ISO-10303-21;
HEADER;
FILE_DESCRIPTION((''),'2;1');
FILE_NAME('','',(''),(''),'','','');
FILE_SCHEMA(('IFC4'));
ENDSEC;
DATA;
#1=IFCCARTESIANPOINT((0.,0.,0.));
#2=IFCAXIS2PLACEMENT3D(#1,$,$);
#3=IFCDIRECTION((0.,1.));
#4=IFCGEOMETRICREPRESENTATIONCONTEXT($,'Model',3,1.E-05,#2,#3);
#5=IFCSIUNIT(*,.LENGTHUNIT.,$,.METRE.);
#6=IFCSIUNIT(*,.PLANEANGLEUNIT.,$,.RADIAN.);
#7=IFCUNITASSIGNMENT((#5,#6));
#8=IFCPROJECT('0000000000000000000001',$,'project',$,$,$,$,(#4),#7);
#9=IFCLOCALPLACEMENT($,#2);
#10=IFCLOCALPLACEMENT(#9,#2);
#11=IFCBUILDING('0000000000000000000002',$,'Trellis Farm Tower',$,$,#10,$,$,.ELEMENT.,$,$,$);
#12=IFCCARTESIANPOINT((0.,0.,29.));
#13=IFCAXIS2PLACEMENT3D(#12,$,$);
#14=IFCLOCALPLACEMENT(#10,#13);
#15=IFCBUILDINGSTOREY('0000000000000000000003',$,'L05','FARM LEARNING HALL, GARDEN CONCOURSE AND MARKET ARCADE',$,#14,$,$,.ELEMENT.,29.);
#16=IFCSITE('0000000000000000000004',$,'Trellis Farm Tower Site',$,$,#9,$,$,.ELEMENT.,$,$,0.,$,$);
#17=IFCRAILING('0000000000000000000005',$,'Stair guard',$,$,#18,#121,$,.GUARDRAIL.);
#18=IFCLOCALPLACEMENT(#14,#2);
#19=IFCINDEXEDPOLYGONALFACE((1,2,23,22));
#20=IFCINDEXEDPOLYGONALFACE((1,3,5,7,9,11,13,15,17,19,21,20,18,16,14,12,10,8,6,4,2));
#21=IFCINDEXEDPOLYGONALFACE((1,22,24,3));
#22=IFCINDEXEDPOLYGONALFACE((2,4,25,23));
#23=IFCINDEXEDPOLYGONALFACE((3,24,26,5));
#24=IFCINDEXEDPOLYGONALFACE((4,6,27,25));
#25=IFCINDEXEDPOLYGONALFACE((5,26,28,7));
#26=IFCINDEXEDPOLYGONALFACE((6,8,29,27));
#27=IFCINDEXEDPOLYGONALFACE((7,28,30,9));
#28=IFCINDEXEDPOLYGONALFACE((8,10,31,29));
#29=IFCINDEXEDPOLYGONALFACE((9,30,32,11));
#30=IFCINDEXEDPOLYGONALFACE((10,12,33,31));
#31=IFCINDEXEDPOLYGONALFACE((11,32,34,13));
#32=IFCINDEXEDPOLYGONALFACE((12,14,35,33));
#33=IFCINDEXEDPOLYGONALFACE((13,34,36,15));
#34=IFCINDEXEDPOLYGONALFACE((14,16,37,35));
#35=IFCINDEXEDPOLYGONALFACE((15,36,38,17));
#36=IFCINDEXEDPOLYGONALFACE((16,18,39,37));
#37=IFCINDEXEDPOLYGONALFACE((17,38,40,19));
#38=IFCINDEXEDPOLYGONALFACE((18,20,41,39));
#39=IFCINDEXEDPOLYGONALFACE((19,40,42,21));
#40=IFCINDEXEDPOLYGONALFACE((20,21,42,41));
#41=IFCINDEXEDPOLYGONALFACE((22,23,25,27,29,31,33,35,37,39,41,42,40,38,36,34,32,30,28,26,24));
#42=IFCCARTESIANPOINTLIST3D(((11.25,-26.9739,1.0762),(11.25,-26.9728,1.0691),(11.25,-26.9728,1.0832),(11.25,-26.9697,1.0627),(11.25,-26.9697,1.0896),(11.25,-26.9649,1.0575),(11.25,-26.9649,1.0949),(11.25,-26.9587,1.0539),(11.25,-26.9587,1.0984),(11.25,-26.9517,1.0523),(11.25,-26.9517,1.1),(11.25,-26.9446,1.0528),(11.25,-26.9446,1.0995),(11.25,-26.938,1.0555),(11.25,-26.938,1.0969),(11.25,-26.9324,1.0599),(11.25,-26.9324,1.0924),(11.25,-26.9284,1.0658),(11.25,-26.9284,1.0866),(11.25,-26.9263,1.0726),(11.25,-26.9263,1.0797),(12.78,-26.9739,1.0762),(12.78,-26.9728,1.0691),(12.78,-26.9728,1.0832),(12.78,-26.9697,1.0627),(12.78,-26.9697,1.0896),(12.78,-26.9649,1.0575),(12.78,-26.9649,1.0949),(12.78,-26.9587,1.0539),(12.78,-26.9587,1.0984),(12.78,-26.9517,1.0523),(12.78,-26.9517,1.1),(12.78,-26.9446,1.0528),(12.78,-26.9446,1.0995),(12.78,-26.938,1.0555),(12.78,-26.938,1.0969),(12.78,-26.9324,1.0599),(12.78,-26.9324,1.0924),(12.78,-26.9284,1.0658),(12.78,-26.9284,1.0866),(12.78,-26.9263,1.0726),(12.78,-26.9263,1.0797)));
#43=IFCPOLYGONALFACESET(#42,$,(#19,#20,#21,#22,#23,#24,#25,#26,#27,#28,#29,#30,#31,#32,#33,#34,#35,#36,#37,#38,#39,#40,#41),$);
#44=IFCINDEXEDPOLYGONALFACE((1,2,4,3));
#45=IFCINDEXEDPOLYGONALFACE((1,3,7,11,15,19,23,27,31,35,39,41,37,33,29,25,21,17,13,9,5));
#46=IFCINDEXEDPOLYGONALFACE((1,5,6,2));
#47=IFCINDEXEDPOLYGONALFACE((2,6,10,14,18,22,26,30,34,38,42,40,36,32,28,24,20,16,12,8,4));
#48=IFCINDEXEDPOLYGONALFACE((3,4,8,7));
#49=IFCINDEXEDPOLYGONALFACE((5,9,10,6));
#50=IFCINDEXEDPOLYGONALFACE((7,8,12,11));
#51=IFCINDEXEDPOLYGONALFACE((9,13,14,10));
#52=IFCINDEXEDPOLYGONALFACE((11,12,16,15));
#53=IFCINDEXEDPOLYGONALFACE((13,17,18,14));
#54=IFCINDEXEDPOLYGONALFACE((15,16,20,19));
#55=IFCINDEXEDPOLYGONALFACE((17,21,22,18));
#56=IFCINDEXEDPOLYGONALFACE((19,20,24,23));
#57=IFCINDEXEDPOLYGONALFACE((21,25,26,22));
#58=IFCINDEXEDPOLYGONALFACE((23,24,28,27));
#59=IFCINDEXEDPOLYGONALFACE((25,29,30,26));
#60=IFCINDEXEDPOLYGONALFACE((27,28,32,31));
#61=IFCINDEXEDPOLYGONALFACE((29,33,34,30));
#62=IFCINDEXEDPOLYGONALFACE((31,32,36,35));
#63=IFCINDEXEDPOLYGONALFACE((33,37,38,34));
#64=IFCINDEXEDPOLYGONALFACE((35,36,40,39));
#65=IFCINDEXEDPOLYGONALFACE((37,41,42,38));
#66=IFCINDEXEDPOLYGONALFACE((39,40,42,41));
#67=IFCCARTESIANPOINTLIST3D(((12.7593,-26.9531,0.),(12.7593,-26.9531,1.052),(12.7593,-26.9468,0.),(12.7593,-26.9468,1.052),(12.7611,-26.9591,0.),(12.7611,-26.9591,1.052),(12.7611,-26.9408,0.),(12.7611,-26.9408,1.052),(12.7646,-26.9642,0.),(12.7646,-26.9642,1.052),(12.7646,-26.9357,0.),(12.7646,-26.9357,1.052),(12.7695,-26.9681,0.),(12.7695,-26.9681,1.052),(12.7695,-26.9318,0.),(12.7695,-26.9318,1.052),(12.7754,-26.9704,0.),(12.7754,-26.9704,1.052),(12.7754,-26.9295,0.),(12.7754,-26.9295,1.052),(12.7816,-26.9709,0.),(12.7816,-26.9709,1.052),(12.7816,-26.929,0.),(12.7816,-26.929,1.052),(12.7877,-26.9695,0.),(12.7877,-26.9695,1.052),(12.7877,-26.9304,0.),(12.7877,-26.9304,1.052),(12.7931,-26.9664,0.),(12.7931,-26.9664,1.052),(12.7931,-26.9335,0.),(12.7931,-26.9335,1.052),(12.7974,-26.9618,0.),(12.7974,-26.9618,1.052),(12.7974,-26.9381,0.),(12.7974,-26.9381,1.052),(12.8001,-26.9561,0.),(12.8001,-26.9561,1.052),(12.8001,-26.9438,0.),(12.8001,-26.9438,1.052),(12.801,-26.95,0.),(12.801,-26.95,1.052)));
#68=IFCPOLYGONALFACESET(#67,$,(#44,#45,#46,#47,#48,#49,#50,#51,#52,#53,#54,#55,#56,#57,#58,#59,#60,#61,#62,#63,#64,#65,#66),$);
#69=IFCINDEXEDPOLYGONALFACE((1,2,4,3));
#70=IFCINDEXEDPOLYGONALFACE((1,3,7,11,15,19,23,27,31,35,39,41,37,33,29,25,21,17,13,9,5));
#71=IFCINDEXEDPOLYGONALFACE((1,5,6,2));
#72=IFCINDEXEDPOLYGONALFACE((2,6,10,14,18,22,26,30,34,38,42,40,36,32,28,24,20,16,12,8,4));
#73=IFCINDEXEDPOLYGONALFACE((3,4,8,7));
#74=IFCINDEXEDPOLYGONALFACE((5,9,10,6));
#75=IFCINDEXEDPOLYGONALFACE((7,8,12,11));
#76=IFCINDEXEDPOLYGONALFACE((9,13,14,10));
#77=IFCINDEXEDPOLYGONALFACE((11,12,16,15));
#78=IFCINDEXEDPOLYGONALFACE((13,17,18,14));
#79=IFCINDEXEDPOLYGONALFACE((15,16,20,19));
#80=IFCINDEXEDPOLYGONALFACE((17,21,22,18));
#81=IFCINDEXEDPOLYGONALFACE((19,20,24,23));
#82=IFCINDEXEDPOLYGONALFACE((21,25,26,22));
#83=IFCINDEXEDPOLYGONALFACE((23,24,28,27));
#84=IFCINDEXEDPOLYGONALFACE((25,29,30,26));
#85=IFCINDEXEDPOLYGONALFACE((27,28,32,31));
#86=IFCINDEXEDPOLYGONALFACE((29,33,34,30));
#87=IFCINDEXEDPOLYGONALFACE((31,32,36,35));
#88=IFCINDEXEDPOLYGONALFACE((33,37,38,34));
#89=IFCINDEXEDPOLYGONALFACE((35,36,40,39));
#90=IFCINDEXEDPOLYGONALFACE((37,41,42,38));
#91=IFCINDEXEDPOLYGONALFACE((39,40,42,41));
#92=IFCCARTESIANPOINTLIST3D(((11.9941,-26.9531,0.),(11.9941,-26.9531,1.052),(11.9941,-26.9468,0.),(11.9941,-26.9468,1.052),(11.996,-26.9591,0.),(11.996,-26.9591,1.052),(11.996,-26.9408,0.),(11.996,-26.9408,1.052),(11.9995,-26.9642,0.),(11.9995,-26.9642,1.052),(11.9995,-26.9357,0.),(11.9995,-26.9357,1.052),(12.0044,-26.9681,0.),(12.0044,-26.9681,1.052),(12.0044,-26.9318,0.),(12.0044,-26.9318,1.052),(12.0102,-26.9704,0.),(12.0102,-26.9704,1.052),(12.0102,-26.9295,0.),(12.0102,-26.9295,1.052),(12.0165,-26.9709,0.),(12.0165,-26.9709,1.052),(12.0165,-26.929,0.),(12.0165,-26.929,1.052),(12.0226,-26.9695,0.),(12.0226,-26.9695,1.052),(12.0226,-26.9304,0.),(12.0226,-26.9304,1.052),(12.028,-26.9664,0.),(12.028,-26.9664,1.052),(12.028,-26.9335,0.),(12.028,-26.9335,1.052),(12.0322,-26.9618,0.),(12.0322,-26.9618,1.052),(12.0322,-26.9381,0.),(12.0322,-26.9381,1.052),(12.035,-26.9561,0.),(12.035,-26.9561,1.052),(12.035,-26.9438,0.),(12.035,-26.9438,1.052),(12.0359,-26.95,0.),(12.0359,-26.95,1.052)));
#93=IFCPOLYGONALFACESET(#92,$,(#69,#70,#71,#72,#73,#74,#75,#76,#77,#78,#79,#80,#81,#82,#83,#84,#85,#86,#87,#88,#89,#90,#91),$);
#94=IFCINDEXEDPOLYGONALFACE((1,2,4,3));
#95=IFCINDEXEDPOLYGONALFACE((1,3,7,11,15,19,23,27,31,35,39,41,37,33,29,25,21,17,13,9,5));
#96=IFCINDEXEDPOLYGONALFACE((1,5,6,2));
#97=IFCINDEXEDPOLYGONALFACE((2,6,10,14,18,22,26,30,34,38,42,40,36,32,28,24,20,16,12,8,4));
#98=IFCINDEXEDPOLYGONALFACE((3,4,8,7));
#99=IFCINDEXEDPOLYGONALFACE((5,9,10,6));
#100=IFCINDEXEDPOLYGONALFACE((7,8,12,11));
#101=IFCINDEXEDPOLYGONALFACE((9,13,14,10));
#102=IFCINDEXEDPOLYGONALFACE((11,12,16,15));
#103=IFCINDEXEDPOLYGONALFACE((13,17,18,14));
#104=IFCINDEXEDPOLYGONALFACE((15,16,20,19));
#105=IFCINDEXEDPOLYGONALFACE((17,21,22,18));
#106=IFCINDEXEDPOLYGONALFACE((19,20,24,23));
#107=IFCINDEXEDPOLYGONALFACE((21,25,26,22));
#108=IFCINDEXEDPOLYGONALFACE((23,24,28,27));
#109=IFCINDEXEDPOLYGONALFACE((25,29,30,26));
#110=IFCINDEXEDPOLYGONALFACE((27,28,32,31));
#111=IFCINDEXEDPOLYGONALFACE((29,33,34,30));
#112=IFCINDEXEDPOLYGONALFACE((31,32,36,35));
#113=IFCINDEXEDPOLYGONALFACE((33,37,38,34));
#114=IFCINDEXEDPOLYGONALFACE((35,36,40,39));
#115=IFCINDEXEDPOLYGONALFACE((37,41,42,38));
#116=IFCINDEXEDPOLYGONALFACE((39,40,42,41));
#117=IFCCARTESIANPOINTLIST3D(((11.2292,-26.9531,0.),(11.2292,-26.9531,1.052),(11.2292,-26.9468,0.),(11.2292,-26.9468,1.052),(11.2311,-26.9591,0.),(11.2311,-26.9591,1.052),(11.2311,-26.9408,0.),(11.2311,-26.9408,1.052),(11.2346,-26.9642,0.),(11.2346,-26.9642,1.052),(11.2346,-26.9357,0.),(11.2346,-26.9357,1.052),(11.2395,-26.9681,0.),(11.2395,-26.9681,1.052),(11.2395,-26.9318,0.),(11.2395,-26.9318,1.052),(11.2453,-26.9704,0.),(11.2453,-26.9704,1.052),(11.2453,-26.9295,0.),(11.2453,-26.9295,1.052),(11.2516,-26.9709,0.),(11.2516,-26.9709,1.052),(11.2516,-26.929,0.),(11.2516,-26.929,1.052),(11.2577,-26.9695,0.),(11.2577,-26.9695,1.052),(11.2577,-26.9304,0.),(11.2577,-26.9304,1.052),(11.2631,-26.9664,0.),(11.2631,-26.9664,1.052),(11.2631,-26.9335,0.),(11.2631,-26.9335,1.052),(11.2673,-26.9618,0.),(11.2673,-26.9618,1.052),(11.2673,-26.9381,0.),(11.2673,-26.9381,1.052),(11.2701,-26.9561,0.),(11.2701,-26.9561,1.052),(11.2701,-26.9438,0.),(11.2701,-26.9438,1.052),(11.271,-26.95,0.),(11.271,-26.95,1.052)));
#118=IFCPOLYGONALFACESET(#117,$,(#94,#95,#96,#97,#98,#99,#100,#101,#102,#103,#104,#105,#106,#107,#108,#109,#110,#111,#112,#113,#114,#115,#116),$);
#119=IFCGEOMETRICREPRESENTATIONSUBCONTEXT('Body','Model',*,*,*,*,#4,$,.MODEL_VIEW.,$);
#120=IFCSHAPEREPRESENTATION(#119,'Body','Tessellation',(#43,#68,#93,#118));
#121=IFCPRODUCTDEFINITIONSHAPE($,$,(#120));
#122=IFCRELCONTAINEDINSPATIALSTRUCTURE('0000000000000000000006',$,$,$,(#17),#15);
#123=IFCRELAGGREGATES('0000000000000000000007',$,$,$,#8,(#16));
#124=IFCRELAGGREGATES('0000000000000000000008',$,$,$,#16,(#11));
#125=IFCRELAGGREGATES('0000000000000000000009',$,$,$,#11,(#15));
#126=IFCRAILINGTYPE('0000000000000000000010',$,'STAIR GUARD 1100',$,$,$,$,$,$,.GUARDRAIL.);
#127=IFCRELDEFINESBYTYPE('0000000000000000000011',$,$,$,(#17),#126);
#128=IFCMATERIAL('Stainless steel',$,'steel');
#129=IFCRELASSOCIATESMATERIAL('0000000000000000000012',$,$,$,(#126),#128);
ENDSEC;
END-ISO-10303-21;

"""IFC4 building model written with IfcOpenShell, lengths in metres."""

from ifc_helpers import new_model, si_unit, direction, frame, origin, origin_2d, place, context, subcontext, project, spatial, circle, extrude, source, transform, mapped, material, type_object, element, save


model = new_model("IFC4")

# Units and contexts
model_context = context("Model", 3, precision=1e-05, world=origin(), true_north=direction((0.0, 1.0)))
body_context = subcontext(model_context, "Body", "Model", "MODEL_VIEW")
ifc_project = project(units=[si_unit("LENGTHUNIT", "METRE"), si_unit("PLANEANGLEUNIT", "RADIAN")], contexts=[model_context])

# Site, building, storey
site_placement = place(None, origin())
site = spatial("IfcSite", under=ifc_project, at=site_placement, Name="Trellis Farm Tower Site", CompositionType="ELEMENT", RefElevation=0.0)
building_placement = place(site_placement, origin())
building = spatial("IfcBuilding", under=site, at=building_placement, Name="Trellis Farm Tower", CompositionType="ELEMENT")
storey_placement = place(building_placement, frame((0.0, 0.0, 29.0)))
storey = spatial("IfcBuildingStorey", under=building, at=storey_placement, Name="L05", Description="FARM LEARNING HALL, GARDEN CONCOURSE AND MARKET ARCADE", CompositionType="ELEMENT", Elevation=29.0)

# Railing
ifc_material_1 = material(Name="Stainless steel", Category="steel")
railing_type = type_object("IfcRailingType", Name="STAIR GUARD 1100", PredefinedType="GUARDRAIL", material=ifc_material_1)
shared_shape_1 = source(origin(), body_context, "Body", "SweptSolid", [
    extrude(circle(Radius=0.0239, at=origin_2d()), frame((0.0, 0.0, 1.0762), z_axis=(-1.0, 0.0, 0.0), x_axis=(0.0, -1.0, 0.0)), (0.0, 0.0, 1.0), 1.53),
    extrude(circle(Radius=0.021, at=origin_2d()), origin(), (0.0, 0.0, 1.0), 1.052),
    extrude(circle(Radius=0.021, at=origin_2d()), frame((-0.7651, 0.0, 0.0)), (0.0, 0.0, 1.0), 1.052),
    extrude(circle(Radius=0.021, at=origin_2d()), frame((-1.53, 0.0, 0.0)), (0.0, 0.0, 1.0), 1.052),
])
for number, where, name in (
    (1, (12.78, -26.95, 0.0), "Stair guard"),
):
    element("IfcRailing", number, at=place(storey_placement, frame(where)), inside=storey, type_object=railing_type, Name=name, PredefinedType="GUARDRAIL", context=body_context, shape_type="MappedRepresentation", body=[
        mapped(shared_shape_1, transform((0.0, 0.0, 0.0))),
    ])

save(model, "model.ifc")
